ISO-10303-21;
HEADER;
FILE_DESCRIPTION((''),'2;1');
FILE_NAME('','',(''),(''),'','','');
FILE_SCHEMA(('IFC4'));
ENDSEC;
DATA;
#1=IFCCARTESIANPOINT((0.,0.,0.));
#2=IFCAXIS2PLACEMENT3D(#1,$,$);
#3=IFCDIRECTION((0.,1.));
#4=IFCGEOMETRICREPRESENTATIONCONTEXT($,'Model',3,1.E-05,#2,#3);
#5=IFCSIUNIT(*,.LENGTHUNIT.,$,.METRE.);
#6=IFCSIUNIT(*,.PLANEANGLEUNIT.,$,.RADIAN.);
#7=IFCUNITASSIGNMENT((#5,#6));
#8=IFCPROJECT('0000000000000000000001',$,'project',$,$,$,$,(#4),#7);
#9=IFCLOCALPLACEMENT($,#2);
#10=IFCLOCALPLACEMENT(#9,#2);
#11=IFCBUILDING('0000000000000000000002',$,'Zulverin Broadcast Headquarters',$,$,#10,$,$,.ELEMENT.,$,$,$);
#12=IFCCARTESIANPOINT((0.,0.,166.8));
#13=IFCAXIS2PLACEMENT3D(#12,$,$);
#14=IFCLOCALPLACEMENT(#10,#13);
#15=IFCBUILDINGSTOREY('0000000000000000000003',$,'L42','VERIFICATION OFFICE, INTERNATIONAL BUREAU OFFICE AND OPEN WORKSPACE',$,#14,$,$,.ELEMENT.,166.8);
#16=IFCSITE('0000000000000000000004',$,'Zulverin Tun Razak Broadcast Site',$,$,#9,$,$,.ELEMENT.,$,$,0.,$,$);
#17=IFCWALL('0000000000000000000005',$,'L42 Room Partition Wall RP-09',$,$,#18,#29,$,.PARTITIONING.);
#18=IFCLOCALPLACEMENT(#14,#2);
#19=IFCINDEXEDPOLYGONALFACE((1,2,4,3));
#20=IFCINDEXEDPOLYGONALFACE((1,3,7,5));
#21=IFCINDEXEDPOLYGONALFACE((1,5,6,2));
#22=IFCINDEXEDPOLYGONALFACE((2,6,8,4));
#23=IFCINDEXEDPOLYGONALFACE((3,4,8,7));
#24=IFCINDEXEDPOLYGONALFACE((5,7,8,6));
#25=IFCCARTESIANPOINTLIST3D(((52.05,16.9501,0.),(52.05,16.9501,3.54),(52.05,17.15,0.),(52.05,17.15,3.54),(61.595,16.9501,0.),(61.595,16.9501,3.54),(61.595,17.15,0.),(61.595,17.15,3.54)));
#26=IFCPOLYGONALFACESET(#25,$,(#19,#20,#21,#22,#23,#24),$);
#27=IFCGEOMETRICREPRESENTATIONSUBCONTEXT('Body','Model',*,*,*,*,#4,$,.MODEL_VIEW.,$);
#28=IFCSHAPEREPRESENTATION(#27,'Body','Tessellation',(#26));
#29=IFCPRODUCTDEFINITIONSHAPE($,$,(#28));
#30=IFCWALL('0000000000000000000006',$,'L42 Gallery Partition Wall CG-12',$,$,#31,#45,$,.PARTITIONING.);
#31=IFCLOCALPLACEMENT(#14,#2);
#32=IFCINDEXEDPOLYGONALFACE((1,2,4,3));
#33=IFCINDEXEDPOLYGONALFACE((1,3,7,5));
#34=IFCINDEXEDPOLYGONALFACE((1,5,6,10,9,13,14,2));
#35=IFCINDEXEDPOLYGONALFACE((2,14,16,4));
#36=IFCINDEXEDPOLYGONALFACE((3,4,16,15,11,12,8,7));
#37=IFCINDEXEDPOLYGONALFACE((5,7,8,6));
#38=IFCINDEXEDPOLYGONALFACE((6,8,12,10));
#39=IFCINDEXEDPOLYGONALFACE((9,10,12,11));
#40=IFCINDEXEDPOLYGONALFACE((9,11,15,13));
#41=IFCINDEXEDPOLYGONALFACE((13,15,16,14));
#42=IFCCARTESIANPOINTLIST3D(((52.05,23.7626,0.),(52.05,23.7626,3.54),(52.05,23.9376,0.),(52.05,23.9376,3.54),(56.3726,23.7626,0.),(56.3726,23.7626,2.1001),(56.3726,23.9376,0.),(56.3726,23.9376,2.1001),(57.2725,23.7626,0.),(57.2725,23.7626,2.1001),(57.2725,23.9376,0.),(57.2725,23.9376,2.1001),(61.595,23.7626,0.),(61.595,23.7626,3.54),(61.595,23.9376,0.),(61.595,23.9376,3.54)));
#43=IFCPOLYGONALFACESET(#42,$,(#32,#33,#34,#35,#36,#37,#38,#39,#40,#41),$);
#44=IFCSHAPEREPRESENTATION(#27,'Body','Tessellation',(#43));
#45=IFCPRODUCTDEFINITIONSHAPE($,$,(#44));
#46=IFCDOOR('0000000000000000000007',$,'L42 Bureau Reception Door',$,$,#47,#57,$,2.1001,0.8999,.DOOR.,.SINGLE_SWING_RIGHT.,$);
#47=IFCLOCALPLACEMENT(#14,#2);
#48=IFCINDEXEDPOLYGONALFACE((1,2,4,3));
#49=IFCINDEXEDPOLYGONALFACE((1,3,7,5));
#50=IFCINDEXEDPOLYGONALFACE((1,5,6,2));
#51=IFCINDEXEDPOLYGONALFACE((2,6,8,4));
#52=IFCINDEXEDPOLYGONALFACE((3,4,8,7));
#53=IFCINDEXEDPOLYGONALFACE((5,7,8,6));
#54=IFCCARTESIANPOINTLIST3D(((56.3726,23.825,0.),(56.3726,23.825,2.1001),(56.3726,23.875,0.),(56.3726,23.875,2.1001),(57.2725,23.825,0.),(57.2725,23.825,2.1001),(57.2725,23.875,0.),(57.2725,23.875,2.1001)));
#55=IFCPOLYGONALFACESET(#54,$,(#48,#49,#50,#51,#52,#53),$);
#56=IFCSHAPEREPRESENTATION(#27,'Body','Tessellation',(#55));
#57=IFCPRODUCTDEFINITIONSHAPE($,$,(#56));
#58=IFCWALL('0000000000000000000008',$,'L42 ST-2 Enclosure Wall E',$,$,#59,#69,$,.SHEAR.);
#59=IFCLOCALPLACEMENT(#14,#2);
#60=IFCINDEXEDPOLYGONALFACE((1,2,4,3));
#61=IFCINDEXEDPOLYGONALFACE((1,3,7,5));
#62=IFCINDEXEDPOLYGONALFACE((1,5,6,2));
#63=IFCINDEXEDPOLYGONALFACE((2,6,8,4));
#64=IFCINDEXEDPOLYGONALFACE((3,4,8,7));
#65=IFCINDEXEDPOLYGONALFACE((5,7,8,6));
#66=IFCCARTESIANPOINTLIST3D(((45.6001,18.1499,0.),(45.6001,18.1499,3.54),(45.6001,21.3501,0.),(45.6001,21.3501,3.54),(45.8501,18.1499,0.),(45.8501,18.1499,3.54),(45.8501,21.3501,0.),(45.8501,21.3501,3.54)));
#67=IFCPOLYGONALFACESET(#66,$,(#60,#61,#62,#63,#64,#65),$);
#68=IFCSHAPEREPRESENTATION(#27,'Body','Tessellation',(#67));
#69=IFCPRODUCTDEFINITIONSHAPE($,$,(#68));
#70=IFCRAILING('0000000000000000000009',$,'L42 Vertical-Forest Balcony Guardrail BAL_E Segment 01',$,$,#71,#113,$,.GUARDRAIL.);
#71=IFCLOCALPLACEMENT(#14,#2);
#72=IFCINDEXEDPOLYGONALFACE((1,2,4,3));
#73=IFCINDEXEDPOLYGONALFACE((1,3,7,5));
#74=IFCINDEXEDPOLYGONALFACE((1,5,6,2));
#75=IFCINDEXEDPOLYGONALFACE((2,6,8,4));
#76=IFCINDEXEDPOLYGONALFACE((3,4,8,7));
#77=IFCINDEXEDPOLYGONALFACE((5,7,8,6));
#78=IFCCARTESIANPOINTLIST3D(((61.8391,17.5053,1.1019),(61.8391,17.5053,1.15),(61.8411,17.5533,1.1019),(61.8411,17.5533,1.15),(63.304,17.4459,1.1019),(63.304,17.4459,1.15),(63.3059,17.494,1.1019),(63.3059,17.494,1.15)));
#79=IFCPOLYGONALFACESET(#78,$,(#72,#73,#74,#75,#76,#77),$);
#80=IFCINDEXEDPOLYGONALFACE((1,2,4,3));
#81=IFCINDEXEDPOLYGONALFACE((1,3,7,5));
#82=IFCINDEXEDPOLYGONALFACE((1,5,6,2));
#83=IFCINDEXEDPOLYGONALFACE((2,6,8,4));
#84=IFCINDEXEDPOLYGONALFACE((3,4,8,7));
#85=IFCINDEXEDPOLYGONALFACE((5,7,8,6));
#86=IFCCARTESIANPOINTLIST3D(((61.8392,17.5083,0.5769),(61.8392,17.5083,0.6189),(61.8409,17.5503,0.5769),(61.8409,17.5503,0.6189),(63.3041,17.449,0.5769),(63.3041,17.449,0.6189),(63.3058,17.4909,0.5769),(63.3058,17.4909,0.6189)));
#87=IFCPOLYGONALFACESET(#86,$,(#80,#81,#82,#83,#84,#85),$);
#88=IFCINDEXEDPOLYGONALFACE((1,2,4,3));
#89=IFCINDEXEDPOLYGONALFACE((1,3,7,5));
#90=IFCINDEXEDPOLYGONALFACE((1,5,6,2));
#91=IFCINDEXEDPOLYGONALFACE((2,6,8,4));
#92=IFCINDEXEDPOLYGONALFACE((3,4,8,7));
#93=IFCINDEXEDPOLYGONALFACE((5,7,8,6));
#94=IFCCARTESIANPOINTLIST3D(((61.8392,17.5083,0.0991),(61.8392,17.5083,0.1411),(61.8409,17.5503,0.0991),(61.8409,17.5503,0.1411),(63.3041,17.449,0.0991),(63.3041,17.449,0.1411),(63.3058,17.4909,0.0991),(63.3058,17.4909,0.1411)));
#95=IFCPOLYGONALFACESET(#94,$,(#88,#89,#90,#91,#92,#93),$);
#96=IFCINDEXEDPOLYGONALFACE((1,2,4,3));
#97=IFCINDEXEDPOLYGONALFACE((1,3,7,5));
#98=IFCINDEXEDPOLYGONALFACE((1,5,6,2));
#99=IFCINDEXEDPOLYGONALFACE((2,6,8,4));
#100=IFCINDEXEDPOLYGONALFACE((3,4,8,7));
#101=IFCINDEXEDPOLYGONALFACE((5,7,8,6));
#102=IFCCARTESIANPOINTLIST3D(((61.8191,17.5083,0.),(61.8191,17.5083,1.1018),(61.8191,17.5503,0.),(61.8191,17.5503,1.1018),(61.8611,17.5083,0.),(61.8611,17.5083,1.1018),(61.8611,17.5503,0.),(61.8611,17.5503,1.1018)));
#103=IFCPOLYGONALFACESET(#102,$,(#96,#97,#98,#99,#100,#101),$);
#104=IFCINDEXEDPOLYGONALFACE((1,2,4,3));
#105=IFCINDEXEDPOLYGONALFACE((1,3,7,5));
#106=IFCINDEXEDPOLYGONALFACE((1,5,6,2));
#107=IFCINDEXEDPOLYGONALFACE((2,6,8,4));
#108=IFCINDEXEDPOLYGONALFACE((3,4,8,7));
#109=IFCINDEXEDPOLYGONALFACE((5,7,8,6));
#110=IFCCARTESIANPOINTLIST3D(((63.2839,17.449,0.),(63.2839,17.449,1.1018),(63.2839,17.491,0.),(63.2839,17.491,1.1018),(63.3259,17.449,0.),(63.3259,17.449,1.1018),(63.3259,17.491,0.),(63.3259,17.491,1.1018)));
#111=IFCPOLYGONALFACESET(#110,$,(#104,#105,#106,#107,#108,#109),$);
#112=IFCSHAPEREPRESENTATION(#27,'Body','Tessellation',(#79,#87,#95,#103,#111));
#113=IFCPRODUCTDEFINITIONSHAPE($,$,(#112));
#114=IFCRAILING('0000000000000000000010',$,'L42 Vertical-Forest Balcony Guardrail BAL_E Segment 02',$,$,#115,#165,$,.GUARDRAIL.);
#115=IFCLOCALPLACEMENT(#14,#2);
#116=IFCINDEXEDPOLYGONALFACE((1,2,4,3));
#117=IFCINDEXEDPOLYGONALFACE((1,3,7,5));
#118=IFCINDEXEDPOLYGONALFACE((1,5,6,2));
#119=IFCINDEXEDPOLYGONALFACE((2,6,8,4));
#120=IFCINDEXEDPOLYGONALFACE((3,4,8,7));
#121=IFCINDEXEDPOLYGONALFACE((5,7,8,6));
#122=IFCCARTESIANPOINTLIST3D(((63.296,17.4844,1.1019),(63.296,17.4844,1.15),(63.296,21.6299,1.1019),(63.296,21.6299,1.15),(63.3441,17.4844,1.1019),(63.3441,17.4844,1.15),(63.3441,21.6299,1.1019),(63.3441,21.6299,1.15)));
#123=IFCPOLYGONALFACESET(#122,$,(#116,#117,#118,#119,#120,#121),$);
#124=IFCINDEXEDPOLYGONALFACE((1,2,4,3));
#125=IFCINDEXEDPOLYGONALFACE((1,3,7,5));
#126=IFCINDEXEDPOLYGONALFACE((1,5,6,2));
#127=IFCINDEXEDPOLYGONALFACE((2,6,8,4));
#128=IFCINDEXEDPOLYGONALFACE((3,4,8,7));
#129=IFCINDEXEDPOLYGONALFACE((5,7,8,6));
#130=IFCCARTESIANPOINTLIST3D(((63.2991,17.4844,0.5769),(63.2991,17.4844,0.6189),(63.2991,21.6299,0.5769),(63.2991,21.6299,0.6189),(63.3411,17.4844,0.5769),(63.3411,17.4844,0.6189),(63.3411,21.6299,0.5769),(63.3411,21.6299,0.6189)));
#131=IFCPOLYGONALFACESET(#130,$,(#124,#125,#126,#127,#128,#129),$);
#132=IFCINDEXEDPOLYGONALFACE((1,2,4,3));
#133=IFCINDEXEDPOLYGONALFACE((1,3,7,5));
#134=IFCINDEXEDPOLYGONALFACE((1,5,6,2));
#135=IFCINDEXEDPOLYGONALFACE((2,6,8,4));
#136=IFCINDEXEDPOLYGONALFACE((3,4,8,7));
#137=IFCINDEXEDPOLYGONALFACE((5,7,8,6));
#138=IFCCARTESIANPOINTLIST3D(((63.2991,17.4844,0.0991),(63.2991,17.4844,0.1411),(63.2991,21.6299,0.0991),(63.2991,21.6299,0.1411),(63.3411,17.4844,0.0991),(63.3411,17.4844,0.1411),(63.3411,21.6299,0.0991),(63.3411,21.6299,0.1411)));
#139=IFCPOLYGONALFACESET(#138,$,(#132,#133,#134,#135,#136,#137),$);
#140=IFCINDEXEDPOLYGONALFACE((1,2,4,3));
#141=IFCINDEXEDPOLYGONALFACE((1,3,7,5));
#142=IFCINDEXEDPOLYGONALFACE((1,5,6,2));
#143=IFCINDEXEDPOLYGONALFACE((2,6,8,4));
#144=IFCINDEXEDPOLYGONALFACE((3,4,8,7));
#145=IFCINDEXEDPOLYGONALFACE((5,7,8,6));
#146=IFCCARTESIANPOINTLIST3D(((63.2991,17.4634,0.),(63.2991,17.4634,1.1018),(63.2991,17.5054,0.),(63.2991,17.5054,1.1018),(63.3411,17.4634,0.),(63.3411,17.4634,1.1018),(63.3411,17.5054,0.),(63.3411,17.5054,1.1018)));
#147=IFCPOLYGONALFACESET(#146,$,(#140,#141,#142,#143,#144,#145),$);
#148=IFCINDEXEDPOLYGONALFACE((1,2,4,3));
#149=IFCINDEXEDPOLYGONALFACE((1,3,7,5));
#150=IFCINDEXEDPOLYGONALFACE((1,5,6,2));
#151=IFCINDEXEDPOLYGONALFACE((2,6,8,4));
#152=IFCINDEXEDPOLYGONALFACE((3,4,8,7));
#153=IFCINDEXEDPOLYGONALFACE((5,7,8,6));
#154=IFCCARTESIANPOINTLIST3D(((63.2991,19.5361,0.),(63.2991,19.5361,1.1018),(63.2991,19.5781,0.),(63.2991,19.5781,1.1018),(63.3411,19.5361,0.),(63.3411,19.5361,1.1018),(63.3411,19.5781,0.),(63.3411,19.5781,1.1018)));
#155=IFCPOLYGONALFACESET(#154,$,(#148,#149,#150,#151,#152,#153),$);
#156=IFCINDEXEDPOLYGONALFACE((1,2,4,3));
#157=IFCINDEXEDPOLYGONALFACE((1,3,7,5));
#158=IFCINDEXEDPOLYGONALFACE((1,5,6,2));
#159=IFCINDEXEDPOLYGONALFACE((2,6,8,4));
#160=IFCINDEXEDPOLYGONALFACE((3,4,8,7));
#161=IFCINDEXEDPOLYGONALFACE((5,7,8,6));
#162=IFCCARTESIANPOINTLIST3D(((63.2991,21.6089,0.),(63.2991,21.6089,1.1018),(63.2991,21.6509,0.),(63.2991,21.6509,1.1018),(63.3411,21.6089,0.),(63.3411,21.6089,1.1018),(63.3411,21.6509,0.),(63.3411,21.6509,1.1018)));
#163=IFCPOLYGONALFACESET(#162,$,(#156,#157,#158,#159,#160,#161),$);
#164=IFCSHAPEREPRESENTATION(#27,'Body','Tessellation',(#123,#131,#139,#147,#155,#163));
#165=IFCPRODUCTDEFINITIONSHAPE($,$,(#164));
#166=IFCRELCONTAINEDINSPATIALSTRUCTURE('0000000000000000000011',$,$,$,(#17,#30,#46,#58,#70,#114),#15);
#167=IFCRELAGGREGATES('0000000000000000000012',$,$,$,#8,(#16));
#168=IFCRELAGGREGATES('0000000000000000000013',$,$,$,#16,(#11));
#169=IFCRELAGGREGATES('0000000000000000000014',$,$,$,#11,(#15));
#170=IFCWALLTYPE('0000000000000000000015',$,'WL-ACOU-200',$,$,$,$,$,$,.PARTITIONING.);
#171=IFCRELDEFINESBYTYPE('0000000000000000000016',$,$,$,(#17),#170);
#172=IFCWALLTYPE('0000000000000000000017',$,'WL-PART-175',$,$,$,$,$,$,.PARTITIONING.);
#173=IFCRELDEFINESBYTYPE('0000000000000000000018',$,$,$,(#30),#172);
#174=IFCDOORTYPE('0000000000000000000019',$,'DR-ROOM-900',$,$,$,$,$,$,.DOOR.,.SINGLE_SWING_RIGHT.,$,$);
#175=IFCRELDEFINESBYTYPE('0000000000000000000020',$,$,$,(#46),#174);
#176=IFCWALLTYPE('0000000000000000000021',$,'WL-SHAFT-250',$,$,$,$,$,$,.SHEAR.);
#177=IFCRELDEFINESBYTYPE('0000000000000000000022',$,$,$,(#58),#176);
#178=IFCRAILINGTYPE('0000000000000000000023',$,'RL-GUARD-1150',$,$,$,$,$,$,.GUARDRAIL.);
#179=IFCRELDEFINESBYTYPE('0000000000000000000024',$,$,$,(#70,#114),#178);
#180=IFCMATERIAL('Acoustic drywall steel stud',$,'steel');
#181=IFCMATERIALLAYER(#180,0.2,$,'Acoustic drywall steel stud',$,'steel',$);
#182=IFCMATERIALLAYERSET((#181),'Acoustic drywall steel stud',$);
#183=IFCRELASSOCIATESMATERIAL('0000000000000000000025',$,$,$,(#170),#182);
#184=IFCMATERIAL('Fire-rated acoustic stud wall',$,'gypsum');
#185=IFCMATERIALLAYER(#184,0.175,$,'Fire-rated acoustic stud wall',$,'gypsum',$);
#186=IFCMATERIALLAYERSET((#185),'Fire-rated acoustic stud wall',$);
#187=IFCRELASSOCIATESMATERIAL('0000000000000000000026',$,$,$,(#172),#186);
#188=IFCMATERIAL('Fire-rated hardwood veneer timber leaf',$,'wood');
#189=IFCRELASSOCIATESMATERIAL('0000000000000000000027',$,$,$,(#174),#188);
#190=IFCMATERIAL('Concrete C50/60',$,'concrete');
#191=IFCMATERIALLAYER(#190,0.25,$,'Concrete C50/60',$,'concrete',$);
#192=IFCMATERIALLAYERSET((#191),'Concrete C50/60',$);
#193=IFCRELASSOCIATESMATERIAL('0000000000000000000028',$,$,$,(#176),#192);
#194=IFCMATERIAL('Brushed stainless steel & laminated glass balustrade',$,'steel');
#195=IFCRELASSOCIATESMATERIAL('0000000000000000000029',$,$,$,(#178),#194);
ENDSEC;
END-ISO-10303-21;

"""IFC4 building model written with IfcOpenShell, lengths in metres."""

from ifc_helpers import new_model, si_unit, direction, frame, frame_2d, origin, origin_2d, place, context, subcontext, project, spatial, rectangle, extrude, material, layer, layer_set, type_object, element, fill, save


model = new_model("IFC4")

# Units and contexts
model_context = context("Model", 3, precision=1e-05, world=origin(), true_north=direction((0.0, 1.0)))
body_context = subcontext(model_context, "Body", "Model", "MODEL_VIEW")
ifc_project = project(units=[si_unit("LENGTHUNIT", "METRE"), si_unit("PLANEANGLEUNIT", "RADIAN")], contexts=[model_context])

# Site, building, storey
site_placement = place(None, origin())
site = spatial("IfcSite", under=ifc_project, at=site_placement, Name="Zulverin Tun Razak Broadcast Site", CompositionType="ELEMENT", RefElevation=0.0)
building_placement = place(site_placement, origin())
building = spatial("IfcBuilding", under=site, at=building_placement, Name="Zulverin Broadcast Headquarters", CompositionType="ELEMENT")
storey_placement = place(building_placement, frame((0.0, 0.0, 166.8)))
storey = spatial("IfcBuildingStorey", under=building, at=storey_placement, Name="L42", Description="VERIFICATION OFFICE, INTERNATIONAL BUREAU OFFICE AND OPEN WORKSPACE", CompositionType="ELEMENT", Elevation=166.8)

# Shared definitions
ifc_material_1 = material(Name="Concrete C50/60", Category="concrete")

# Wall
ifc_material_2 = material(Name="Acoustic drywall steel stud", Category="steel")
ifc_layer_1 = layer(ifc_material_2, 0.2, Name="Acoustic drywall steel stud", Category="steel")
ifc_layer_set_1 = layer_set([ifc_layer_1], Name="Acoustic drywall steel stud")
wall_type_1 = type_object("IfcWallType", Name="WL-ACOU-200", PredefinedType="PARTITIONING", material=ifc_layer_set_1)
wall_1_placement = place(storey_placement, frame((52.05, 17.05, 0.0), z_axis=(0.0, 0.0, 1.0), x_axis=(1.0, 0.0, 0.0)))
element("IfcWall", 1, at=wall_1_placement, inside=storey, type_object=wall_type_1, Name="L42 Room Partition Wall RP-09", PredefinedType="PARTITIONING", context=body_context, shape_type="SweptSolid", body=[
    extrude(rectangle(XDim=9.5449, YDim=0.2, at=frame_2d((4.7725, 0.0))), origin(), (0.0, 0.0, 1.0), 3.54),
])

# Wall, opening, door
ifc_material_3 = material(Name="Fire-rated acoustic stud wall", Category="gypsum")
ifc_layer_2 = layer(ifc_material_3, 0.175, Name="Fire-rated acoustic stud wall", Category="gypsum")
ifc_layer_set_2 = layer_set([ifc_layer_2], Name="Fire-rated acoustic stud wall")
wall_type_2 = type_object("IfcWallType", Name="WL-PART-175", PredefinedType="PARTITIONING", material=ifc_layer_set_2)
wall_2_placement = place(storey_placement, frame((52.05, 23.8501, 0.0), z_axis=(0.0, 0.0, 1.0), x_axis=(1.0, 0.0, 0.0)))
wall_2 = element("IfcWall", 2, at=wall_2_placement, inside=storey, type_object=wall_type_2, Name="L42 Gallery Partition Wall CG-12", PredefinedType="PARTITIONING", context=body_context, shape_type="SweptSolid", body=[
    extrude(rectangle(XDim=9.5449, YDim=0.175, at=frame_2d((4.7725, 0.0))), origin(), (0.0, 0.0, 1.0), 3.54),
])
opening_1_placement = place(wall_2_placement, frame((4.3225, 0.0, 0.0)))
opening_1 = element("IfcOpeningElement", 3, at=opening_1_placement, cuts=wall_2, PredefinedType="OPENING", context=body_context, shape_type="SweptSolid", body=[
    extrude(rectangle(XDim=0.8999, YDim=2.1001, at=frame_2d((0.45, 1.05))), frame((0.0, 0.0974, 0.0), z_axis=(0.0, -1.0, 0.0), x_axis=(1.0, 0.0, 0.0)), (0.0, 0.0, 1.0), 0.1951),
])
ifc_material_4 = material(Name="Fire-rated hardwood veneer timber leaf", Category="wood")
door_type_1 = type_object("IfcDoorType", Name="DR-ROOM-900", OperationType="SINGLE_SWING_RIGHT", PredefinedType="DOOR", material=ifc_material_4)
door_1_placement = place(opening_1_placement, origin())
door_1 = element("IfcDoor", 4, at=door_1_placement, inside=storey, type_object=door_type_1, Name="L42 Bureau Reception Door", OperationType="SINGLE_SWING_RIGHT", OverallHeight=2.1001, OverallWidth=0.8999, PredefinedType="DOOR", context=body_context, shape_type="SweptSolid", body=[
    extrude(rectangle(XDim=0.8999, YDim=2.1001, at=frame_2d((0.45, 1.05))), frame((0.0, 0.0249, 0.0), z_axis=(0.0, -1.0, 0.0), x_axis=(1.0, 0.0, 0.0)), (0.0, 0.0, 1.0), 0.05),
])
fill(opening_1, door_1)

# Wall
ifc_layer_3 = layer(ifc_material_1, 0.25, Name="Concrete C50/60", Category="concrete")
ifc_layer_set_3 = layer_set([ifc_layer_3], Name="Concrete C50/60")
wall_type_3 = type_object("IfcWallType", Name="WL-SHAFT-250", PredefinedType="SHEAR", material=ifc_layer_set_3)
wall_3_placement = place(storey_placement, frame((45.7251, 18.1499, 0.0), z_axis=(0.0, 0.0, 1.0), x_axis=(0.0, 1.0, 0.0)))
element("IfcWall", 5, at=wall_3_placement, inside=storey, type_object=wall_type_3, Name="L42 ST-2 Enclosure Wall E", PredefinedType="SHEAR", context=body_context, shape_type="SweptSolid", body=[
    extrude(rectangle(XDim=3.2002, YDim=0.25, at=frame_2d((1.6001, 0.0))), origin(), (0.0, 0.0, 1.0), 3.54),
])

# Railings
ifc_material_5 = material(Name="Brushed stainless steel & laminated glass balustrade", Category="steel")
railing_type = type_object("IfcRailingType", Name="RL-GUARD-1150", PredefinedType="GUARDRAIL", material=ifc_material_5)
railing_1_placement = place(storey_placement, frame((61.8401, 17.5293, 0.0)))
element("IfcRailing", 6, at=railing_1_placement, inside=storey, type_object=railing_type, Name="L42 Vertical-Forest Balcony Guardrail BAL_E Segment 01", PredefinedType="GUARDRAIL", context=body_context, shape_type="SweptSolid", body=[
    extrude(rectangle(XDim=0.0481, YDim=0.0481, at=origin_2d()), frame((0.0, 0.0, 1.126), z_axis=(0.999181, -0.040467, 0.0), x_axis=(0.040467, 0.999181, 0.0)), (0.0, 0.0, 1.0), 1.4661),
    extrude(rectangle(XDim=0.042, YDim=0.042, at=origin_2d()), frame((0.0, 0.0, 0.5979), z_axis=(0.999181, -0.040467, 0.0), x_axis=(0.040467, 0.999181, 0.0)), (0.0, 0.0, 1.0), 1.4661),
    extrude(rectangle(XDim=0.042, YDim=0.042, at=origin_2d()), frame((0.0, 0.0, 0.1201), z_axis=(0.999181, -0.040467, 0.0), x_axis=(0.040467, 0.999181, 0.0)), (0.0, 0.0, 1.0), 1.4661),
    extrude(rectangle(XDim=0.042, YDim=0.042, at=origin_2d()), origin(), (0.0, 0.0, 1.0), 1.1018),
    extrude(rectangle(XDim=0.042, YDim=0.042, at=origin_2d()), frame((1.4648, -0.0593, 0.0)), (0.0, 0.0, 1.0), 1.1018),
])
railing_2_placement = place(storey_placement, frame((63.3201, 17.4844, 0.0)))
element("IfcRailing", 7, at=railing_2_placement, inside=storey, type_object=railing_type, Name="L42 Vertical-Forest Balcony Guardrail BAL_E Segment 02", PredefinedType="GUARDRAIL", context=body_context, shape_type="SweptSolid", body=[
    extrude(rectangle(XDim=0.0481, YDim=0.0481, at=origin_2d()), frame((0.0, 0.0, 1.126), z_axis=(0.0, 1.0, 0.0), x_axis=(-1.0, 0.0, 0.0)), (0.0, 0.0, 1.0), 4.1455),
    extrude(rectangle(XDim=0.042, YDim=0.042, at=origin_2d()), frame((0.0, 0.0, 0.5979), z_axis=(0.0, 1.0, 0.0), x_axis=(-1.0, 0.0, 0.0)), (0.0, 0.0, 1.0), 4.1455),
    extrude(rectangle(XDim=0.042, YDim=0.042, at=origin_2d()), frame((0.0, 0.0, 0.1201), z_axis=(0.0, 1.0, 0.0), x_axis=(-1.0, 0.0, 0.0)), (0.0, 0.0, 1.0), 4.1455),
    extrude(rectangle(XDim=0.042, YDim=0.042, at=origin_2d()), origin(), (0.0, 0.0, 1.0), 1.1018),
    extrude(rectangle(XDim=0.042, YDim=0.042, at=origin_2d()), frame((0.0, 2.0728, 0.0)), (0.0, 0.0, 1.0), 1.1018),
    extrude(rectangle(XDim=0.042, YDim=0.042, at=origin_2d()), frame((0.0, 4.1455, 0.0)), (0.0, 0.0, 1.0), 1.1018),
])

save(model, "model.ifc")
